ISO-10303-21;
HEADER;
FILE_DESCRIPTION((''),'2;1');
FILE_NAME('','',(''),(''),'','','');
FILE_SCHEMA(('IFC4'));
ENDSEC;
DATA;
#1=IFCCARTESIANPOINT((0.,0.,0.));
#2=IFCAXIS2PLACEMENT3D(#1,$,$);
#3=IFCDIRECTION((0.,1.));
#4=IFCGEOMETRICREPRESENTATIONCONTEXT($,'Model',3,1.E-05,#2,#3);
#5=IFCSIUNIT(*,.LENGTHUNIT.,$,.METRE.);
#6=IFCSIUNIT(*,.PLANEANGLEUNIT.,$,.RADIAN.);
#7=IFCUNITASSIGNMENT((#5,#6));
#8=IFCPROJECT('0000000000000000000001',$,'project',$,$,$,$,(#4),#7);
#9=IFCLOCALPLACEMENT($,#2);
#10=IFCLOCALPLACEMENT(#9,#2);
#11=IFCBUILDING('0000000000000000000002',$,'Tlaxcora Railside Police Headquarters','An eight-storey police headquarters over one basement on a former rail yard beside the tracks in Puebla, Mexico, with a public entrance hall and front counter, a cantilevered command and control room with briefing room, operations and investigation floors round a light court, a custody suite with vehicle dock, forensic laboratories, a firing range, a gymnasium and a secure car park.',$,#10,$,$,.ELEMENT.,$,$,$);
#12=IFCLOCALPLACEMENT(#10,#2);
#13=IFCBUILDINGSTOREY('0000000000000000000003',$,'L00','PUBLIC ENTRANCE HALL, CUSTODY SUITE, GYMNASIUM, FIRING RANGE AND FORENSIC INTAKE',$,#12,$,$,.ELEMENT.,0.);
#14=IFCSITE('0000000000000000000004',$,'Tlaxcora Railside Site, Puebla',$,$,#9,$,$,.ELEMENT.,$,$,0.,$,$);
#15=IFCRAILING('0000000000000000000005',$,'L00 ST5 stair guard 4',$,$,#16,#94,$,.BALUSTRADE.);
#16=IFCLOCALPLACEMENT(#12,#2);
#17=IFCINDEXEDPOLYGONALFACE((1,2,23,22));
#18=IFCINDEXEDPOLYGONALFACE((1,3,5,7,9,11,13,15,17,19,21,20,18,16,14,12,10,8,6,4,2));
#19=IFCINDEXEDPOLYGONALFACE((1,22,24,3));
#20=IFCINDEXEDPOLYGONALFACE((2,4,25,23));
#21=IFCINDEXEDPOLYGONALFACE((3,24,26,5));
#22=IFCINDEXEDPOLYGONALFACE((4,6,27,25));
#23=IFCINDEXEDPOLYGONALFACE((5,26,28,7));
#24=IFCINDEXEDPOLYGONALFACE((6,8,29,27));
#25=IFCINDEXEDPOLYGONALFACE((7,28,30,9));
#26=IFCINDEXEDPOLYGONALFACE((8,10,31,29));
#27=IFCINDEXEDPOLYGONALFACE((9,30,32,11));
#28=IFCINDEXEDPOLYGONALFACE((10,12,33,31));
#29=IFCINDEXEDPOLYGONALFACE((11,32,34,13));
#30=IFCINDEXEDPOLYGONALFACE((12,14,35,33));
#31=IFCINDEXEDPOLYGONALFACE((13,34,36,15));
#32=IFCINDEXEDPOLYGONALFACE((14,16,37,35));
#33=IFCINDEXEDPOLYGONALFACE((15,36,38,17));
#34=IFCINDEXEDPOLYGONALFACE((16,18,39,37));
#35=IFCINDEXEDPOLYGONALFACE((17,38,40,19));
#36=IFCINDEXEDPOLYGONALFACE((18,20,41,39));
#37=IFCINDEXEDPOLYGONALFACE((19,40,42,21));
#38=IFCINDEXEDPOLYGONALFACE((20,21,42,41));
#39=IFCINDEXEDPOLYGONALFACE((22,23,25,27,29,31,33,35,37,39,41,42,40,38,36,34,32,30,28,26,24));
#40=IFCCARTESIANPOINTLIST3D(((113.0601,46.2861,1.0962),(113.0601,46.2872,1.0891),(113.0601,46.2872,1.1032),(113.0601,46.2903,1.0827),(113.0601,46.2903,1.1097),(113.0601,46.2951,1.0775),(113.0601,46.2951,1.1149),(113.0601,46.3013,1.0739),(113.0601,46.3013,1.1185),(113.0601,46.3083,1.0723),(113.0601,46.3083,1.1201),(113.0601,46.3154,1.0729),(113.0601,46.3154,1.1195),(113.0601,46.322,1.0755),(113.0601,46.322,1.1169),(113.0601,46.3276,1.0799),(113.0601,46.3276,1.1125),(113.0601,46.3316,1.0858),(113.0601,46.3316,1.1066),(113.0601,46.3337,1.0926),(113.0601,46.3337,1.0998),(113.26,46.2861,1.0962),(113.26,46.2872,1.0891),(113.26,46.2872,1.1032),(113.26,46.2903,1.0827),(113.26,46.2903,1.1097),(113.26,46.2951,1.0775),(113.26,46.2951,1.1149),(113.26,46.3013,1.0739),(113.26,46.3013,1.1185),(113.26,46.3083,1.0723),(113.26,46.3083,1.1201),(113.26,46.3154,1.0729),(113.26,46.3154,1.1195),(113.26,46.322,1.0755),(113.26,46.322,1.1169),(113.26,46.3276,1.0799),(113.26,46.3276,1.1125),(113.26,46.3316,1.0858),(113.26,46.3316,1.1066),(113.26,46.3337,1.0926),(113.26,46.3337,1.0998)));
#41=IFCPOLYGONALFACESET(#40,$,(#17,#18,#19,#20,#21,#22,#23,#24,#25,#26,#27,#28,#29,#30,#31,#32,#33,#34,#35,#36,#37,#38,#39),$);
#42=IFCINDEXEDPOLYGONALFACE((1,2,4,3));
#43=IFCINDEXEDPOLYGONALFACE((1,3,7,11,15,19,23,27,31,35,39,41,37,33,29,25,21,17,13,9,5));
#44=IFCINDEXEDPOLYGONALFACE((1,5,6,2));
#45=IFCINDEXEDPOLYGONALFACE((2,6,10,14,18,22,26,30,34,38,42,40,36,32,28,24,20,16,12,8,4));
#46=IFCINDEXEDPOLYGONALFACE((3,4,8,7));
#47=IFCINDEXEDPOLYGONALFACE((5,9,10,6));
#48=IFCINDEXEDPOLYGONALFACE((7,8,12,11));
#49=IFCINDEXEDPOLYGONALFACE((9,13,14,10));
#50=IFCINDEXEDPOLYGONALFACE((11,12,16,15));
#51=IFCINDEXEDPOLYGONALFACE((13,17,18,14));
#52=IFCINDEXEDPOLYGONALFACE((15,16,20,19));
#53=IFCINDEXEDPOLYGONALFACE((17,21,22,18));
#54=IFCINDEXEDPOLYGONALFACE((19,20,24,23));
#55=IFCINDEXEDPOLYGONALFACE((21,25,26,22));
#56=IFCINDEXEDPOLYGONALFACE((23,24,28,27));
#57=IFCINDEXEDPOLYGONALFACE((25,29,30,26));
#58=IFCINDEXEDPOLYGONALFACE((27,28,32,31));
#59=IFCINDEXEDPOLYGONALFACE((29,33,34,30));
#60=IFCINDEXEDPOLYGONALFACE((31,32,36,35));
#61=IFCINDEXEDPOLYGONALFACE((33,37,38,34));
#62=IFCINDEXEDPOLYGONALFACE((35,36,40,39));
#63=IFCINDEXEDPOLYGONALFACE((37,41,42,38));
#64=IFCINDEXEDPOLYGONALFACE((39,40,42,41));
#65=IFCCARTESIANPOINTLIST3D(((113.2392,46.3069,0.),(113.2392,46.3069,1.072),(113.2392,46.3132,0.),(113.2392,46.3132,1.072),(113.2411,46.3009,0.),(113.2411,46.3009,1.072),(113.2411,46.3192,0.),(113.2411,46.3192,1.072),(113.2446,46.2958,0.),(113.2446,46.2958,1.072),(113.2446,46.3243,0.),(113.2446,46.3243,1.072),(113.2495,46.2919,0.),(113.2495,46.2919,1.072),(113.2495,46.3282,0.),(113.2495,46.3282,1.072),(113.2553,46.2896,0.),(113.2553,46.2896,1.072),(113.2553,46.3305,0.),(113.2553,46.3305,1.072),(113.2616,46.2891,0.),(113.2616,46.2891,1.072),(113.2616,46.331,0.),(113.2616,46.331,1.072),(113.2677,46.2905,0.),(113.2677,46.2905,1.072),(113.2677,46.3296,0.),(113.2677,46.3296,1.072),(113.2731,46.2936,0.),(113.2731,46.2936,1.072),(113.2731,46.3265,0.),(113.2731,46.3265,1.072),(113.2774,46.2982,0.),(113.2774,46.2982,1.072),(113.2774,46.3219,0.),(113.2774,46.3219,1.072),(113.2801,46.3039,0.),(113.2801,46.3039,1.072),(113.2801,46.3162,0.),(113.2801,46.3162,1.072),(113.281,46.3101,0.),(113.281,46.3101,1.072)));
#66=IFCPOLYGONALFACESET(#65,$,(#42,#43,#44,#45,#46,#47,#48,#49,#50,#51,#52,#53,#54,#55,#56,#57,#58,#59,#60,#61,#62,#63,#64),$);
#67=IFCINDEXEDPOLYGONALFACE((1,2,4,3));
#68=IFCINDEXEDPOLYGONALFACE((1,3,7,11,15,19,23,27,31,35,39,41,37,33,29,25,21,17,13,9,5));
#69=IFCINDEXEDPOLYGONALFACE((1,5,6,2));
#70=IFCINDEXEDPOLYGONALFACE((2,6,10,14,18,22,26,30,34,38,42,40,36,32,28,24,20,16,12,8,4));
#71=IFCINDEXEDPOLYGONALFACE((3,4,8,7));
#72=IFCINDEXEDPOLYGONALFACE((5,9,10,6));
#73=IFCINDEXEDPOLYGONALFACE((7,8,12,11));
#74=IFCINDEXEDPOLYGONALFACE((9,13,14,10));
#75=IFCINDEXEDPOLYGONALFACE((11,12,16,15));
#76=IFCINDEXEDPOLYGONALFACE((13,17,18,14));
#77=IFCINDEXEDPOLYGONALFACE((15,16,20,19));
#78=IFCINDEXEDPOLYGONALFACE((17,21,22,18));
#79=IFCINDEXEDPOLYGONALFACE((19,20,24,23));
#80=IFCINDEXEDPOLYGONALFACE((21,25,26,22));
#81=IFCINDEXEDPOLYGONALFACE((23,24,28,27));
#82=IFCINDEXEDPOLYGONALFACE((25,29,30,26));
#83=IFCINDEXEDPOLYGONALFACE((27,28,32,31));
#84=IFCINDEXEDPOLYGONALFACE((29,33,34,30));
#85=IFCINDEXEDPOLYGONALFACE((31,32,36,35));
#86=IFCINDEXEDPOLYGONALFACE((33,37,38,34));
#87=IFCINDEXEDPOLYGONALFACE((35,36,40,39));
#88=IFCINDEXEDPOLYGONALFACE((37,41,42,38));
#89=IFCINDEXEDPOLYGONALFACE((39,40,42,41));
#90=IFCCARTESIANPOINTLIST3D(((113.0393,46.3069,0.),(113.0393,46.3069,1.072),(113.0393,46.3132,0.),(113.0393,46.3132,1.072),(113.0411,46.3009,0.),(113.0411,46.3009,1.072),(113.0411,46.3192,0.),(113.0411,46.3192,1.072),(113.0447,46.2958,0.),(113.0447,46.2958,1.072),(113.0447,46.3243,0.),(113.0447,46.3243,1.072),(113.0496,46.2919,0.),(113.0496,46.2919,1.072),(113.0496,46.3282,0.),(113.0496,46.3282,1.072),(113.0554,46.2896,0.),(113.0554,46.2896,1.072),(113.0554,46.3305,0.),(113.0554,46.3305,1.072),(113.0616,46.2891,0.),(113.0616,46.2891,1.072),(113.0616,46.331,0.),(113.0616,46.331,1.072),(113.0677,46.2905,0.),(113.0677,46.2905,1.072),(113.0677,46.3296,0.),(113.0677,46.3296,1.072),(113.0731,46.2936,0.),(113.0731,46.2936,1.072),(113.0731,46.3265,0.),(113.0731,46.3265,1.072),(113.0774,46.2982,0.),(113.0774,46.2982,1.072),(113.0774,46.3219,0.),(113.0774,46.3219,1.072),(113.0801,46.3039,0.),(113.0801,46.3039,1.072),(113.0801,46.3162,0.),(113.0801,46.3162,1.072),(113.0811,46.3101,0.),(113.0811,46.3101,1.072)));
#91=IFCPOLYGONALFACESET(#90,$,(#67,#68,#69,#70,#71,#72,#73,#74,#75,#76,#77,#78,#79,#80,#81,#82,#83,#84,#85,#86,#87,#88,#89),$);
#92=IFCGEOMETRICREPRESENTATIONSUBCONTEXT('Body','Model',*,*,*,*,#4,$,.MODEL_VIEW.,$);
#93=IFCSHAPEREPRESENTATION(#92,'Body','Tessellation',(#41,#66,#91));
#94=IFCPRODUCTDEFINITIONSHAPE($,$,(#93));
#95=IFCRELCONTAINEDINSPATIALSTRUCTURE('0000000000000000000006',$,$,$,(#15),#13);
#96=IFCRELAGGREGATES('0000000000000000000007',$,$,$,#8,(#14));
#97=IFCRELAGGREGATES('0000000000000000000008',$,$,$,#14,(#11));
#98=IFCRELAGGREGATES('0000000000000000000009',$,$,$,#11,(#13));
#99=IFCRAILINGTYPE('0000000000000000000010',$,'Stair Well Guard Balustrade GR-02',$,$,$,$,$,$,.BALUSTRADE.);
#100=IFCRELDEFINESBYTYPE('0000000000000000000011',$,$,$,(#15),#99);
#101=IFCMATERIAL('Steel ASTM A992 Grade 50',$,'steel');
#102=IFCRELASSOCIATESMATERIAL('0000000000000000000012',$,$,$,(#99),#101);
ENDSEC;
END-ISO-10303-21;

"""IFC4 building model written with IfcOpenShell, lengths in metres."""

from ifc_helpers import new_model, si_unit, direction, frame, origin, origin_2d, place, context, subcontext, project, spatial, circle, extrude, material, type_object, element, save


model = new_model("IFC4")

# Units and contexts
model_context = context("Model", 3, precision=1e-05, world=origin(), true_north=direction((0.0, 1.0)))
body_context = subcontext(model_context, "Body", "Model", "MODEL_VIEW")
ifc_project = project(units=[si_unit("LENGTHUNIT", "METRE"), si_unit("PLANEANGLEUNIT", "RADIAN")], contexts=[model_context])

# Site, building, storey
site_placement = place(None, origin())
site = spatial("IfcSite", under=ifc_project, at=site_placement, Name="Tlaxcora Railside Site, Puebla", CompositionType="ELEMENT", RefElevation=0.0)
building_placement = place(site_placement, origin())
building = spatial("IfcBuilding", under=site, at=building_placement, Name="Tlaxcora Railside Police Headquarters", Description="An eight-storey police headquarters over one basement on a former rail yard beside the tracks in Puebla, Mexico, with a public entrance hall and front counter, a cantilevered command and control room with briefing room, operations and investigation floors round a light court, a custody suite with vehicle dock, forensic laboratories, a firing range, a gymnasium and a secure car park.", CompositionType="ELEMENT")
storey_placement = place(building_placement, origin())
storey = spatial("IfcBuildingStorey", under=building, at=storey_placement, Name="L00", Description="PUBLIC ENTRANCE HALL, CUSTODY SUITE, GYMNASIUM, FIRING RANGE AND FORENSIC INTAKE", CompositionType="ELEMENT", Elevation=0.0)

# Shared definitions
ifc_material_1 = material(Name="Steel ASTM A992 Grade 50", Category="steel")

# Railing
railing_type_1 = type_object("IfcRailingType", Name="Stair Well Guard Balustrade GR-02", PredefinedType="BALUSTRADE", material=ifc_material_1)
railing_1_placement = place(storey_placement, frame((113.26, 46.3101, 0.0)))
element("IfcRailing", 1, at=railing_1_placement, inside=storey, type_object=railing_type_1, Name="L00 ST5 stair guard 4", PredefinedType="BALUSTRADE", context=body_context, shape_type="SweptSolid", body=[
    extrude(circle(Radius=0.0239, at=origin_2d()), frame((0.0, 0.0, 1.0962), z_axis=(-1.0, 0.0, 0.0), x_axis=(0.0, -1.0, 0.0)), (0.0, 0.0, 1.0), 0.2),
    extrude(circle(Radius=0.021, at=origin_2d()), origin(), (0.0, 0.0, 1.0), 1.072),
    extrude(circle(Radius=0.021, at=origin_2d()), frame((-0.2, 0.0, 0.0)), (0.0, 0.0, 1.0), 1.072),
])

save(model, "model.ifc")
